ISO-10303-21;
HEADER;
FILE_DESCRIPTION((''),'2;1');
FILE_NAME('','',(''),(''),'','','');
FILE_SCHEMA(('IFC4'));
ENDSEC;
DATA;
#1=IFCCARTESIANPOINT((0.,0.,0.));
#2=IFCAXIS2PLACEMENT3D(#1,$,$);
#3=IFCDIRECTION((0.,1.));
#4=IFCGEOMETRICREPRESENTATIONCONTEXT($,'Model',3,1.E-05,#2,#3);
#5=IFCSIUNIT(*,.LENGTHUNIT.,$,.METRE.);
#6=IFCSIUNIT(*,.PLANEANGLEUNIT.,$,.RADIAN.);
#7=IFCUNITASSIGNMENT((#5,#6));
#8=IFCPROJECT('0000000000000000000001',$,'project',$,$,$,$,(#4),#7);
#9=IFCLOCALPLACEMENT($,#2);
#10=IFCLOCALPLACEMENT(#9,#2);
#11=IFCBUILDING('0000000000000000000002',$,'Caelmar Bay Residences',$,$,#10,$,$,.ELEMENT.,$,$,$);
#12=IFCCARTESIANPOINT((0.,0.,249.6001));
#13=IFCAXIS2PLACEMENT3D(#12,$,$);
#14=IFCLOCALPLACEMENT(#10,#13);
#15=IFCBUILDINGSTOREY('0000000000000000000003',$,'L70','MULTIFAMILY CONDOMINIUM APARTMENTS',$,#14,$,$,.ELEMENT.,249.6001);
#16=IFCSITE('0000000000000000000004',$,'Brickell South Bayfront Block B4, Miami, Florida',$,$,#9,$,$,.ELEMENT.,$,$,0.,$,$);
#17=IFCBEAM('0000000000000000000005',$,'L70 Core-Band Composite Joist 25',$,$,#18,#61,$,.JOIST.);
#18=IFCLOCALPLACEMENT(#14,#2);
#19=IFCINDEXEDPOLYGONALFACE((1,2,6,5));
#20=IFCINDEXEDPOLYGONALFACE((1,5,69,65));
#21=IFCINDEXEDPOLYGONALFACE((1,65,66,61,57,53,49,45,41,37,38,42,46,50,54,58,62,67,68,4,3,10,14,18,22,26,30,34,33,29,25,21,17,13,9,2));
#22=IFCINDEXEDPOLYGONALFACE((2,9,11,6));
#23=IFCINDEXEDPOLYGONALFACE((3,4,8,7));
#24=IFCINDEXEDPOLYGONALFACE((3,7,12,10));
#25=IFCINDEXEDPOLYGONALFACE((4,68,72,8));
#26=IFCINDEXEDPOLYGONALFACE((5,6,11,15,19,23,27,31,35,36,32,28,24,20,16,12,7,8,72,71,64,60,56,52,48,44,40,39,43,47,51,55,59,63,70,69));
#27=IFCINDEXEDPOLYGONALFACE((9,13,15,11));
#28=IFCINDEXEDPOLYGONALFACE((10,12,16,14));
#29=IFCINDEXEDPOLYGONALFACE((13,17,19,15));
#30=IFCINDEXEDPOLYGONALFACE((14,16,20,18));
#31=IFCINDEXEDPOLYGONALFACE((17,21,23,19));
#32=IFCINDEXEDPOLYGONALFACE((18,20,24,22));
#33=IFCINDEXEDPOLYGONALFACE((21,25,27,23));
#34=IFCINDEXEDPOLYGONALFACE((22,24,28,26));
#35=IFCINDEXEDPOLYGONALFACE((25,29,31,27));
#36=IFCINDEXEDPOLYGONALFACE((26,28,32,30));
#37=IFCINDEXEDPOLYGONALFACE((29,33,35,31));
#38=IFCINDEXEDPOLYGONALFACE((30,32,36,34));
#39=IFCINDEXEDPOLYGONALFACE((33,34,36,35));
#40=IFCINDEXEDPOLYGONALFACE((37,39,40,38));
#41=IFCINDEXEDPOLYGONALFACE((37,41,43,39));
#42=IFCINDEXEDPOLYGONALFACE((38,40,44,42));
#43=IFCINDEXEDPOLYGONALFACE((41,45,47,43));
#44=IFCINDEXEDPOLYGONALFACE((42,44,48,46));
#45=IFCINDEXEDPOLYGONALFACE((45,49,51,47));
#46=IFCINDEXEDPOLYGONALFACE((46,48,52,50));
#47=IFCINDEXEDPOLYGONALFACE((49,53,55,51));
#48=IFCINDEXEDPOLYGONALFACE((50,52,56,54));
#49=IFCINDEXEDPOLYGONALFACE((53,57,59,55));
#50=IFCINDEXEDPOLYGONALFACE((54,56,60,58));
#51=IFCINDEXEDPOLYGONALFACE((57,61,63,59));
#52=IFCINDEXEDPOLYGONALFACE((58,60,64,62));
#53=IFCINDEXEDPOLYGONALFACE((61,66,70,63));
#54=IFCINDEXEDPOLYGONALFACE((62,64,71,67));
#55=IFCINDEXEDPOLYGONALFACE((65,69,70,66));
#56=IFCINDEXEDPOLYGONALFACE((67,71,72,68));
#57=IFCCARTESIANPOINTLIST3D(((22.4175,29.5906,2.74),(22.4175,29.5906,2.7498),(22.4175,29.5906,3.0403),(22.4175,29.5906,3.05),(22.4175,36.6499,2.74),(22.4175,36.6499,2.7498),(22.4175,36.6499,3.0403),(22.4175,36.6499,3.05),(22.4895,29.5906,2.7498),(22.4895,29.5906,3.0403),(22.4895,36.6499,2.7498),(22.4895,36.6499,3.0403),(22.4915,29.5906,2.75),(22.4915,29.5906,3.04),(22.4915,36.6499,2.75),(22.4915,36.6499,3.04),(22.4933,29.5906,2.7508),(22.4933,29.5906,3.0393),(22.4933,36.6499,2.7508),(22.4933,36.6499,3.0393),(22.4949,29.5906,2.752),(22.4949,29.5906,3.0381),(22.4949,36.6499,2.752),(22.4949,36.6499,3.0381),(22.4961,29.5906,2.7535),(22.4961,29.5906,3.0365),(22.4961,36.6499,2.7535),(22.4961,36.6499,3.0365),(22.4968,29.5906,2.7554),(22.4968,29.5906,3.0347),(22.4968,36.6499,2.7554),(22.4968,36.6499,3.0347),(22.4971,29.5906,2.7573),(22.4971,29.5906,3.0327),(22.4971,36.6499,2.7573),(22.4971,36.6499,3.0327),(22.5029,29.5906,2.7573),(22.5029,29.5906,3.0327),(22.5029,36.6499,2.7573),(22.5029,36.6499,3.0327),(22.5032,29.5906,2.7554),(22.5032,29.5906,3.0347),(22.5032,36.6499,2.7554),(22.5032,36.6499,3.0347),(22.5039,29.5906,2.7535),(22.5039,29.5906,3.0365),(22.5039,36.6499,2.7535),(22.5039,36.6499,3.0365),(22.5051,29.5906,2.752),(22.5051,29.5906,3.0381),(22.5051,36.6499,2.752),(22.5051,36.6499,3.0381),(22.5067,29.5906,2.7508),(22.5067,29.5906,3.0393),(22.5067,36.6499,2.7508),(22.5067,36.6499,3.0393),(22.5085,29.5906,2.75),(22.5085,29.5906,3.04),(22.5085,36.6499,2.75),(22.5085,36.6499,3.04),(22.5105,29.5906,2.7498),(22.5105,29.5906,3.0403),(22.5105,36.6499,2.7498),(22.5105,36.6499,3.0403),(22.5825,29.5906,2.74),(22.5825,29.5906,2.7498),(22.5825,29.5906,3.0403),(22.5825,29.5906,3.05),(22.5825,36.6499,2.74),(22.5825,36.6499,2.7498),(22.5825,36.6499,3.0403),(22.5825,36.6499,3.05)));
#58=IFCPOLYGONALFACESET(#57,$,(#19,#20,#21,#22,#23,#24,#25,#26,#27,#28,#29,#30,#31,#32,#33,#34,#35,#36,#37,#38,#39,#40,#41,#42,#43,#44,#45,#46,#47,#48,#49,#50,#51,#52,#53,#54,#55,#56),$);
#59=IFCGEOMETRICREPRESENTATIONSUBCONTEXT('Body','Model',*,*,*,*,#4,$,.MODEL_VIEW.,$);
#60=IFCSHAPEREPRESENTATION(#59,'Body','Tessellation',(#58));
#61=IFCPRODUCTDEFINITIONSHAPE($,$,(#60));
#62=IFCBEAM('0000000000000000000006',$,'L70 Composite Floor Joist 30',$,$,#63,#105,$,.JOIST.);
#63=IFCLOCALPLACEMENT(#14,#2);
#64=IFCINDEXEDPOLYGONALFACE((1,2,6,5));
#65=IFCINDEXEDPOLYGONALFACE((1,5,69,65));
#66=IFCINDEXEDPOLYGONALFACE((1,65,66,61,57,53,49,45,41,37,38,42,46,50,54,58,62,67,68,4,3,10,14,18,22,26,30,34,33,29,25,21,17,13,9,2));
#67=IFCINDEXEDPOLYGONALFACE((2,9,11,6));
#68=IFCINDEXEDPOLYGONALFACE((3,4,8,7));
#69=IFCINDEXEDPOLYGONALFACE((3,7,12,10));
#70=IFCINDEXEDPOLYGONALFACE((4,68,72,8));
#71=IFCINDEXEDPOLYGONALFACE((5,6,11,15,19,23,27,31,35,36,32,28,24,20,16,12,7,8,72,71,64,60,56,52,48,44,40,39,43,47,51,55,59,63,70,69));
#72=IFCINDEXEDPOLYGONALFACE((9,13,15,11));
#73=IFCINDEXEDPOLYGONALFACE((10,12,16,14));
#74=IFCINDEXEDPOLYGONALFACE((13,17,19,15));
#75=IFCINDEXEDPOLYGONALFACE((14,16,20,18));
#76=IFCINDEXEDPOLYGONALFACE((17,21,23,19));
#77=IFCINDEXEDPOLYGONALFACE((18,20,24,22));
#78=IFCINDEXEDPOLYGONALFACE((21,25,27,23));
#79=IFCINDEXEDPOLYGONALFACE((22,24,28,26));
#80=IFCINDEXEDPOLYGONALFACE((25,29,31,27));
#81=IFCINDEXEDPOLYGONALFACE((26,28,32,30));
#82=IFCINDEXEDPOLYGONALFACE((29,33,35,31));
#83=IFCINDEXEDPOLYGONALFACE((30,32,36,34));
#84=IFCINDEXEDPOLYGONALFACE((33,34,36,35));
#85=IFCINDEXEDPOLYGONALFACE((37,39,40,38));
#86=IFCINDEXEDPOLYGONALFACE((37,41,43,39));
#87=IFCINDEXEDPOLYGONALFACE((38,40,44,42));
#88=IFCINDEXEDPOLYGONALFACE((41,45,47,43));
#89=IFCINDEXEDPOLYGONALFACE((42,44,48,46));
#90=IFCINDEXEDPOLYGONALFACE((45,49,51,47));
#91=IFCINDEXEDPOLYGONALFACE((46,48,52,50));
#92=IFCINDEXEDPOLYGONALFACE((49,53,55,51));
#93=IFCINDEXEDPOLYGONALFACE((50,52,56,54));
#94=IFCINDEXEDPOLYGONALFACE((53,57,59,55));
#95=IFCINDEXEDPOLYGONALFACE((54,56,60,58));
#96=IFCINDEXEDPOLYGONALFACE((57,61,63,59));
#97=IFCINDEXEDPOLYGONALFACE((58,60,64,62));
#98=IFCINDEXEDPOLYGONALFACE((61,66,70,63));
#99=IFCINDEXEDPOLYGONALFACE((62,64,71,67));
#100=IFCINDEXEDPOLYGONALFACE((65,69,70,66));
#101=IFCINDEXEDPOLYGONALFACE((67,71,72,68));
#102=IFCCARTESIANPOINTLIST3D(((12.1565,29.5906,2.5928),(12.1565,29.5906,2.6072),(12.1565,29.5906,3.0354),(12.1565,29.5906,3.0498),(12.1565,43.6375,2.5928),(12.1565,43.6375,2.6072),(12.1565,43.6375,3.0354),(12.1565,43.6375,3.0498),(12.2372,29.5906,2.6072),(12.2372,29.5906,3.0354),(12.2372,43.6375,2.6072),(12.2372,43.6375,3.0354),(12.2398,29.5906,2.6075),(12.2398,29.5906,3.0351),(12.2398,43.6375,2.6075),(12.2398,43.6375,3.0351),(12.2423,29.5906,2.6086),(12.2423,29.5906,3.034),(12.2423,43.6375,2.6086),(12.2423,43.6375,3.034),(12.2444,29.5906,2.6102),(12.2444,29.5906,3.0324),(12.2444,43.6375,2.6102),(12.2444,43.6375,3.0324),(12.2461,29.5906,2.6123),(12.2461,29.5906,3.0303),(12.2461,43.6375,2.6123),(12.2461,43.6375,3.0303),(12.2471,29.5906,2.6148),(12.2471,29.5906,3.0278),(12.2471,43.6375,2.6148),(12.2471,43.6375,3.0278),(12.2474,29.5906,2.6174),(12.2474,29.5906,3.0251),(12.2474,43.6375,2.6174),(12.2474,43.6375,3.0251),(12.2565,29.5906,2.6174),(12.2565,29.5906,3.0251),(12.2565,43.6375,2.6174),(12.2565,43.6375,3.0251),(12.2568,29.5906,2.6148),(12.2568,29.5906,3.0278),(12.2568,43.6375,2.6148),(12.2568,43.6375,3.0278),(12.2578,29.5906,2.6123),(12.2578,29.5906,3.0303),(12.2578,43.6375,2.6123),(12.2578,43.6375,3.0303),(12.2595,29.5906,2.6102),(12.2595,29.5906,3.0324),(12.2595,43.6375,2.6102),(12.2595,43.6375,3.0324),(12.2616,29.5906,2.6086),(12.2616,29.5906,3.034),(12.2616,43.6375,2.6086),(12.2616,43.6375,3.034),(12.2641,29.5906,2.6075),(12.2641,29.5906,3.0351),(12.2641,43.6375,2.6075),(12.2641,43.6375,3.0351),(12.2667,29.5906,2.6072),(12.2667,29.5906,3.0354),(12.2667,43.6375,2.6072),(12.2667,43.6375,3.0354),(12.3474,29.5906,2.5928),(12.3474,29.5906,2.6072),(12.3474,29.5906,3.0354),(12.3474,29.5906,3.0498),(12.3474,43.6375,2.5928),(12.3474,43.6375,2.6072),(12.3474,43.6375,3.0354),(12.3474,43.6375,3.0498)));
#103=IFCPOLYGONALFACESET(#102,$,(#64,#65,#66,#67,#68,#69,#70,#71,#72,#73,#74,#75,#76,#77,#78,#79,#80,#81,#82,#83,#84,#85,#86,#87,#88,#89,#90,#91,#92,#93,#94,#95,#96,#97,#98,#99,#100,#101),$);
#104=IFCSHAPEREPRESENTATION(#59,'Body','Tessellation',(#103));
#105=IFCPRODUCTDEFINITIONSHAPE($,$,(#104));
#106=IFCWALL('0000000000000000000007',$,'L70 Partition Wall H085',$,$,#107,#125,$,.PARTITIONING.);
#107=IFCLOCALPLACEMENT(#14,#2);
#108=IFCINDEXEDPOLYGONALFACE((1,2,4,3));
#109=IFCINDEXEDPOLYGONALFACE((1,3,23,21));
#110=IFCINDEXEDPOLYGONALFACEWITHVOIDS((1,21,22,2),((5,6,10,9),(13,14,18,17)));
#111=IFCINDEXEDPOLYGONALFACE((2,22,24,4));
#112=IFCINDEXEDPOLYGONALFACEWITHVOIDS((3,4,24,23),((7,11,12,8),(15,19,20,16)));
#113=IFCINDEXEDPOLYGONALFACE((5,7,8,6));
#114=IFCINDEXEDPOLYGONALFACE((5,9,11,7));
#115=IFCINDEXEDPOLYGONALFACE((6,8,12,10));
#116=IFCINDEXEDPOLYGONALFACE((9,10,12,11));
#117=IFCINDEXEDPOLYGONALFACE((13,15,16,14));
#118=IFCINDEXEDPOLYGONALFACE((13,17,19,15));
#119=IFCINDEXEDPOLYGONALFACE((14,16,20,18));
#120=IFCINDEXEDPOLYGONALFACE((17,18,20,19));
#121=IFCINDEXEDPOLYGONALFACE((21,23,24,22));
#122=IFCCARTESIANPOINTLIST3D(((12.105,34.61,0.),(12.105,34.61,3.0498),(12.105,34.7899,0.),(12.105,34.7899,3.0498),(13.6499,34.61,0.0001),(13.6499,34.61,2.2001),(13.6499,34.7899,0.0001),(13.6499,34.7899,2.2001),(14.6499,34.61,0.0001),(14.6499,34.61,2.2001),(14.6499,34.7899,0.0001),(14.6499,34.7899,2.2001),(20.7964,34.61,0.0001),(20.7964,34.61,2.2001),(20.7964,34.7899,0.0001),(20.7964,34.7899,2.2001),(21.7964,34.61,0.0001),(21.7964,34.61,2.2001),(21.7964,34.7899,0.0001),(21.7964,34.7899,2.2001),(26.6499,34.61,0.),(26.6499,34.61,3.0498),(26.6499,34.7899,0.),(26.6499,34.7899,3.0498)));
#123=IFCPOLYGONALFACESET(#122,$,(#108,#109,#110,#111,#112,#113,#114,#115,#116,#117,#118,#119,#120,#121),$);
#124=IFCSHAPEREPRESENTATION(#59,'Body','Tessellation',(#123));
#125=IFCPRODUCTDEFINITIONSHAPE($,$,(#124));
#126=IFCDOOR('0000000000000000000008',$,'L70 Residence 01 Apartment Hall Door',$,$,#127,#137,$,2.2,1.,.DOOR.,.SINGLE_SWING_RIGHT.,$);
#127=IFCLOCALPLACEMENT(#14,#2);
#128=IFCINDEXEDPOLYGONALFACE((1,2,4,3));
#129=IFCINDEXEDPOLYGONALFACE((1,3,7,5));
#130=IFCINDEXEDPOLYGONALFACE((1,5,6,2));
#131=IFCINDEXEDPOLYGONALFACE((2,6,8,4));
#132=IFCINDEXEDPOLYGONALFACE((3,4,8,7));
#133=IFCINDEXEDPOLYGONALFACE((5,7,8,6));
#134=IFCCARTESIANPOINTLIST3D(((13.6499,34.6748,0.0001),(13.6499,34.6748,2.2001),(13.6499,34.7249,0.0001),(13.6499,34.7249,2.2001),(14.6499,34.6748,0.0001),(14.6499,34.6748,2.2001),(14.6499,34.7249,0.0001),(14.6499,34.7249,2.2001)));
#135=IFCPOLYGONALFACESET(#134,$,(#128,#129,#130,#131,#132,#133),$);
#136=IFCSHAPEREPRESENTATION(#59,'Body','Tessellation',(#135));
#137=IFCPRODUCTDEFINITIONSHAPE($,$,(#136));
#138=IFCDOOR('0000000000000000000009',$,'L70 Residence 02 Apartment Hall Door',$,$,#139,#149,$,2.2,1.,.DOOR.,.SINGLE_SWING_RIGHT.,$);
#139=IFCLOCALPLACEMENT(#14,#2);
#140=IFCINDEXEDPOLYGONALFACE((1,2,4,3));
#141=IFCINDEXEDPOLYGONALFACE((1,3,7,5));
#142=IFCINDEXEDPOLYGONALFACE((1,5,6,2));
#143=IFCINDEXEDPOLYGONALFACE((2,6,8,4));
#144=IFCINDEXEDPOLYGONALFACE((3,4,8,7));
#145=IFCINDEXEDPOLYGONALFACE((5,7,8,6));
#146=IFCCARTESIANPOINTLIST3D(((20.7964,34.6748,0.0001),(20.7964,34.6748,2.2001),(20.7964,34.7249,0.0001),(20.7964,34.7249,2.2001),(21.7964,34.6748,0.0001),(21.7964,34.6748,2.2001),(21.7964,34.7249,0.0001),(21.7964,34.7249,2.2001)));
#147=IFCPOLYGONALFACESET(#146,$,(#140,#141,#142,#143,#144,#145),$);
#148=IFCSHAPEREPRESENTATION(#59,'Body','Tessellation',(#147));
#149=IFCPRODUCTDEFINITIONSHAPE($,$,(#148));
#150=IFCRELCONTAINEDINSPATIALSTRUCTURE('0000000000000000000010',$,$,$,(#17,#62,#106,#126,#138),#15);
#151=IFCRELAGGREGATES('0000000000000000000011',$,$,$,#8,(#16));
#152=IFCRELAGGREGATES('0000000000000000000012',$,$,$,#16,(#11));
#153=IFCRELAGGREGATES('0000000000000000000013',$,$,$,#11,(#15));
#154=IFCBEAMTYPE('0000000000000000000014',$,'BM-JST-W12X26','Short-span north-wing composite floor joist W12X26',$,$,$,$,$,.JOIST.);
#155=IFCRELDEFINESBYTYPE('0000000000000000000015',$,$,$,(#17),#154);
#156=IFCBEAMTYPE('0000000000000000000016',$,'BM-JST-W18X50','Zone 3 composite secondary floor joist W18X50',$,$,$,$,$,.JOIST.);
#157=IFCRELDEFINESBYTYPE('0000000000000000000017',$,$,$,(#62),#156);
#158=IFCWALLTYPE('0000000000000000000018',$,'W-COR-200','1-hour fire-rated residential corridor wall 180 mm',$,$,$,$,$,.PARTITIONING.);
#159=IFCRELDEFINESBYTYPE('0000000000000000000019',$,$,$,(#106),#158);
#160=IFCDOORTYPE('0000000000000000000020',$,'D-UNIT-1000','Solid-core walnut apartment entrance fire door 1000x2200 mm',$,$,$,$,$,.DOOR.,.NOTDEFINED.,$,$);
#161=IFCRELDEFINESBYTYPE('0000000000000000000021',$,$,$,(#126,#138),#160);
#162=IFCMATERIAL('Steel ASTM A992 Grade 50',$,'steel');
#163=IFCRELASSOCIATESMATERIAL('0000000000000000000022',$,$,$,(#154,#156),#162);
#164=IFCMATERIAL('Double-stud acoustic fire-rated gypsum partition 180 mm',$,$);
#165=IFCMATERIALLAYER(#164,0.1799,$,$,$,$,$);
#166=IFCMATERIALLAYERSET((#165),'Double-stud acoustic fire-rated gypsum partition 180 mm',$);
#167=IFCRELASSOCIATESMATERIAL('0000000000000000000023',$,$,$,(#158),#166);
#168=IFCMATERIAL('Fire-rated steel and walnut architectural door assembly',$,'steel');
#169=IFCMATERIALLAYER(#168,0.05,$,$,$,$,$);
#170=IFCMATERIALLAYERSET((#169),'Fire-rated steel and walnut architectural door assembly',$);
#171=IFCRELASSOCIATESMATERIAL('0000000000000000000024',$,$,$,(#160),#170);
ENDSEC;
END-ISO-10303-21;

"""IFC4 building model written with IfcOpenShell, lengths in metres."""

from ifc_helpers import new_model, si_unit, direction, frame, frame_2d, origin, origin_2d, place, context, subcontext, project, spatial, rectangle, i_section, extrude, material, layer, layer_set, material_profile, profile_set, type_object, element, fill, save


model = new_model("IFC4")

# Units and contexts
model_context = context("Model", 3, precision=1e-05, world=origin(), true_north=direction((0.0, 1.0)))
body_context = subcontext(model_context, "Body", "Model", "MODEL_VIEW")
ifc_project = project(units=[si_unit("LENGTHUNIT", "METRE"), si_unit("PLANEANGLEUNIT", "RADIAN")], contexts=[model_context])

# Site, building, storey
site_placement = place(None, origin())
site = spatial("IfcSite", under=ifc_project, at=site_placement, Name="Brickell South Bayfront Block B4, Miami, Florida", CompositionType="ELEMENT", RefElevation=0.0)
building_placement = place(site_placement, origin())
building = spatial("IfcBuilding", under=site, at=building_placement, Name="Caelmar Bay Residences", CompositionType="ELEMENT")
storey_placement = place(building_placement, frame((0.0, 0.0, 249.6001)))
storey = spatial("IfcBuildingStorey", under=building, at=storey_placement, Name="L70", Description="MULTIFAMILY CONDOMINIUM APARTMENTS", CompositionType="ELEMENT", Elevation=249.6001)

# Beams
ifc_material_1 = material(Name="Steel ASTM A992 Grade 50", Category="steel")
ifc_material_profile_1 = material_profile(ifc_material_1, i_section(OverallWidth=0.165, OverallDepth=0.3101, WebThickness=0.0059, FlangeThickness=0.0098, FilletRadius=0.0076, at=origin_2d()), Name="W12X26")
ifc_profile_set_1 = profile_set([ifc_material_profile_1], Name="Steel ASTM A992 Grade 50")
beam_type_1 = type_object("IfcBeamType", Name="BM-JST-W12X26", Description="Short-span north-wing composite floor joist W12X26", PredefinedType="JOIST", material=ifc_profile_set_1)
beam_1_placement = place(storey_placement, frame((22.5, 29.5906, 2.895), z_axis=(0.0, 1.0, 0.0), x_axis=(-1.0, 0.0, 0.0)))
element("IfcBeam", 1, at=beam_1_placement, inside=storey, type_object=beam_type_1, Name="L70 Core-Band Composite Joist 25", PredefinedType="JOIST", context=body_context, shape_type="SweptSolid", body=[
    extrude(i_section(OverallWidth=0.165, OverallDepth=0.3101, WebThickness=0.0059, FlangeThickness=0.0098, FilletRadius=0.0076, at=origin_2d()), origin(), (0.0, 0.0, 1.0), 7.0593),
])
ifc_material_profile_2 = material_profile(ifc_material_1, i_section(OverallWidth=0.1909, OverallDepth=0.457, WebThickness=0.009, FlangeThickness=0.0144, FilletRadius=0.0103, at=origin_2d()), Name="W18X50")
ifc_profile_set_2 = profile_set([ifc_material_profile_2], Name="Steel ASTM A992 Grade 50")
beam_type_2 = type_object("IfcBeamType", Name="BM-JST-W18X50", Description="Zone 3 composite secondary floor joist W18X50", PredefinedType="JOIST", material=ifc_profile_set_2)
beam_2_placement = place(storey_placement, frame((12.252, 29.5906, 2.8213), z_axis=(0.0, 1.0, 0.0), x_axis=(-1.0, 0.0, 0.0)))
element("IfcBeam", 2, at=beam_2_placement, inside=storey, type_object=beam_type_2, Name="L70 Composite Floor Joist 30", PredefinedType="JOIST", context=body_context, shape_type="SweptSolid", body=[
    extrude(i_section(OverallWidth=0.1909, OverallDepth=0.457, WebThickness=0.009, FlangeThickness=0.0144, FilletRadius=0.0103, at=origin_2d()), origin(), (0.0, 0.0, 1.0), 14.0469),
])

# Wall, openings, doors
ifc_material_2 = material(Name="Double-stud acoustic fire-rated gypsum partition 180 mm")
ifc_layer_1 = layer(ifc_material_2, 0.1799)
ifc_layer_set_1 = layer_set([ifc_layer_1], Name="Double-stud acoustic fire-rated gypsum partition 180 mm")
wall_type_1 = type_object("IfcWallType", Name="W-COR-200", Description="1-hour fire-rated residential corridor wall 180 mm", PredefinedType="PARTITIONING", material=ifc_layer_set_1)
wall_1_placement = place(storey_placement, frame((12.105, 34.7, 0.0), z_axis=(0.0, 0.0, 1.0), x_axis=(1.0, 0.0, 0.0)))
wall_1 = element("IfcWall", 3, at=wall_1_placement, inside=storey, type_object=wall_type_1, Name="L70 Partition Wall H085", PredefinedType="PARTITIONING", context=body_context, shape_type="SweptSolid", body=[
    extrude(rectangle(XDim=14.5449, YDim=0.1799, at=frame_2d((7.2725, 0.0))), origin(), (0.0, 0.0, 1.0), 3.0498),
])
opening_1_placement = place(wall_1_placement, frame((1.5449, 0.0, 0.0)))
opening_1 = element("IfcOpeningElement", 4, at=opening_1_placement, cuts=wall_1, PredefinedType="OPENING", context=body_context, shape_type="SweptSolid", body=[
    extrude(rectangle(XDim=1.0, YDim=2.2, at=frame_2d((0.5, 1.1001))), frame((0.0, 0.0999, 0.0), z_axis=(0.0, -1.0, 0.0), x_axis=(1.0, 0.0, 0.0)), (0.0, 0.0, 1.0), 0.2),
])
opening_2_placement = place(wall_1_placement, frame((8.6914, 0.0, 0.0)))
opening_2 = element("IfcOpeningElement", 5, at=opening_2_placement, cuts=wall_1, PredefinedType="OPENING", context=body_context, shape_type="SweptSolid", body=[
    extrude(rectangle(XDim=1.0, YDim=2.2, at=frame_2d((0.5, 1.1001))), frame((0.0, 0.0999, 0.0), z_axis=(0.0, -1.0, 0.0), x_axis=(1.0, 0.0, 0.0)), (0.0, 0.0, 1.0), 0.2),
])
ifc_material_3 = material(Name="Fire-rated steel and walnut architectural door assembly", Category="steel")
ifc_layer_2 = layer(ifc_material_3, 0.05)
ifc_layer_set_2 = layer_set([ifc_layer_2], Name="Fire-rated steel and walnut architectural door assembly")
door_type_1 = type_object("IfcDoorType", Name="D-UNIT-1000", Description="Solid-core walnut apartment entrance fire door 1000x2200 mm", OperationType="NOTDEFINED", PredefinedType="DOOR", material=ifc_layer_set_2)
door_1_placement = place(opening_1_placement, origin())
door_1 = element("IfcDoor", 6, at=door_1_placement, inside=storey, type_object=door_type_1, Name="L70 Residence 01 Apartment Hall Door", OperationType="SINGLE_SWING_RIGHT", OverallHeight=2.2, OverallWidth=1.0, PredefinedType="DOOR", context=body_context, shape_type="SweptSolid", body=[
    extrude(rectangle(XDim=1.0, YDim=2.2, at=frame_2d((0.5, 1.1001))), frame((0.0, 0.0249, 0.0), z_axis=(0.0, -1.0, 0.0), x_axis=(1.0, 0.0, 0.0)), (0.0, 0.0, 1.0), 0.05),
])
fill(opening_1, door_1)
door_2_placement = place(opening_2_placement, origin())
door_2 = element("IfcDoor", 7, at=door_2_placement, inside=storey, type_object=door_type_1, Name="L70 Residence 02 Apartment Hall Door", OperationType="SINGLE_SWING_RIGHT", OverallHeight=2.2, OverallWidth=1.0, PredefinedType="DOOR", context=body_context, shape_type="SweptSolid", body=[
    extrude(rectangle(XDim=1.0, YDim=2.2, at=frame_2d((0.5, 1.1001))), frame((0.0, 0.0249, 0.0), z_axis=(0.0, -1.0, 0.0), x_axis=(1.0, 0.0, 0.0)), (0.0, 0.0, 1.0), 0.05),
])
fill(opening_2, door_2)

save(model, "model.ifc")
